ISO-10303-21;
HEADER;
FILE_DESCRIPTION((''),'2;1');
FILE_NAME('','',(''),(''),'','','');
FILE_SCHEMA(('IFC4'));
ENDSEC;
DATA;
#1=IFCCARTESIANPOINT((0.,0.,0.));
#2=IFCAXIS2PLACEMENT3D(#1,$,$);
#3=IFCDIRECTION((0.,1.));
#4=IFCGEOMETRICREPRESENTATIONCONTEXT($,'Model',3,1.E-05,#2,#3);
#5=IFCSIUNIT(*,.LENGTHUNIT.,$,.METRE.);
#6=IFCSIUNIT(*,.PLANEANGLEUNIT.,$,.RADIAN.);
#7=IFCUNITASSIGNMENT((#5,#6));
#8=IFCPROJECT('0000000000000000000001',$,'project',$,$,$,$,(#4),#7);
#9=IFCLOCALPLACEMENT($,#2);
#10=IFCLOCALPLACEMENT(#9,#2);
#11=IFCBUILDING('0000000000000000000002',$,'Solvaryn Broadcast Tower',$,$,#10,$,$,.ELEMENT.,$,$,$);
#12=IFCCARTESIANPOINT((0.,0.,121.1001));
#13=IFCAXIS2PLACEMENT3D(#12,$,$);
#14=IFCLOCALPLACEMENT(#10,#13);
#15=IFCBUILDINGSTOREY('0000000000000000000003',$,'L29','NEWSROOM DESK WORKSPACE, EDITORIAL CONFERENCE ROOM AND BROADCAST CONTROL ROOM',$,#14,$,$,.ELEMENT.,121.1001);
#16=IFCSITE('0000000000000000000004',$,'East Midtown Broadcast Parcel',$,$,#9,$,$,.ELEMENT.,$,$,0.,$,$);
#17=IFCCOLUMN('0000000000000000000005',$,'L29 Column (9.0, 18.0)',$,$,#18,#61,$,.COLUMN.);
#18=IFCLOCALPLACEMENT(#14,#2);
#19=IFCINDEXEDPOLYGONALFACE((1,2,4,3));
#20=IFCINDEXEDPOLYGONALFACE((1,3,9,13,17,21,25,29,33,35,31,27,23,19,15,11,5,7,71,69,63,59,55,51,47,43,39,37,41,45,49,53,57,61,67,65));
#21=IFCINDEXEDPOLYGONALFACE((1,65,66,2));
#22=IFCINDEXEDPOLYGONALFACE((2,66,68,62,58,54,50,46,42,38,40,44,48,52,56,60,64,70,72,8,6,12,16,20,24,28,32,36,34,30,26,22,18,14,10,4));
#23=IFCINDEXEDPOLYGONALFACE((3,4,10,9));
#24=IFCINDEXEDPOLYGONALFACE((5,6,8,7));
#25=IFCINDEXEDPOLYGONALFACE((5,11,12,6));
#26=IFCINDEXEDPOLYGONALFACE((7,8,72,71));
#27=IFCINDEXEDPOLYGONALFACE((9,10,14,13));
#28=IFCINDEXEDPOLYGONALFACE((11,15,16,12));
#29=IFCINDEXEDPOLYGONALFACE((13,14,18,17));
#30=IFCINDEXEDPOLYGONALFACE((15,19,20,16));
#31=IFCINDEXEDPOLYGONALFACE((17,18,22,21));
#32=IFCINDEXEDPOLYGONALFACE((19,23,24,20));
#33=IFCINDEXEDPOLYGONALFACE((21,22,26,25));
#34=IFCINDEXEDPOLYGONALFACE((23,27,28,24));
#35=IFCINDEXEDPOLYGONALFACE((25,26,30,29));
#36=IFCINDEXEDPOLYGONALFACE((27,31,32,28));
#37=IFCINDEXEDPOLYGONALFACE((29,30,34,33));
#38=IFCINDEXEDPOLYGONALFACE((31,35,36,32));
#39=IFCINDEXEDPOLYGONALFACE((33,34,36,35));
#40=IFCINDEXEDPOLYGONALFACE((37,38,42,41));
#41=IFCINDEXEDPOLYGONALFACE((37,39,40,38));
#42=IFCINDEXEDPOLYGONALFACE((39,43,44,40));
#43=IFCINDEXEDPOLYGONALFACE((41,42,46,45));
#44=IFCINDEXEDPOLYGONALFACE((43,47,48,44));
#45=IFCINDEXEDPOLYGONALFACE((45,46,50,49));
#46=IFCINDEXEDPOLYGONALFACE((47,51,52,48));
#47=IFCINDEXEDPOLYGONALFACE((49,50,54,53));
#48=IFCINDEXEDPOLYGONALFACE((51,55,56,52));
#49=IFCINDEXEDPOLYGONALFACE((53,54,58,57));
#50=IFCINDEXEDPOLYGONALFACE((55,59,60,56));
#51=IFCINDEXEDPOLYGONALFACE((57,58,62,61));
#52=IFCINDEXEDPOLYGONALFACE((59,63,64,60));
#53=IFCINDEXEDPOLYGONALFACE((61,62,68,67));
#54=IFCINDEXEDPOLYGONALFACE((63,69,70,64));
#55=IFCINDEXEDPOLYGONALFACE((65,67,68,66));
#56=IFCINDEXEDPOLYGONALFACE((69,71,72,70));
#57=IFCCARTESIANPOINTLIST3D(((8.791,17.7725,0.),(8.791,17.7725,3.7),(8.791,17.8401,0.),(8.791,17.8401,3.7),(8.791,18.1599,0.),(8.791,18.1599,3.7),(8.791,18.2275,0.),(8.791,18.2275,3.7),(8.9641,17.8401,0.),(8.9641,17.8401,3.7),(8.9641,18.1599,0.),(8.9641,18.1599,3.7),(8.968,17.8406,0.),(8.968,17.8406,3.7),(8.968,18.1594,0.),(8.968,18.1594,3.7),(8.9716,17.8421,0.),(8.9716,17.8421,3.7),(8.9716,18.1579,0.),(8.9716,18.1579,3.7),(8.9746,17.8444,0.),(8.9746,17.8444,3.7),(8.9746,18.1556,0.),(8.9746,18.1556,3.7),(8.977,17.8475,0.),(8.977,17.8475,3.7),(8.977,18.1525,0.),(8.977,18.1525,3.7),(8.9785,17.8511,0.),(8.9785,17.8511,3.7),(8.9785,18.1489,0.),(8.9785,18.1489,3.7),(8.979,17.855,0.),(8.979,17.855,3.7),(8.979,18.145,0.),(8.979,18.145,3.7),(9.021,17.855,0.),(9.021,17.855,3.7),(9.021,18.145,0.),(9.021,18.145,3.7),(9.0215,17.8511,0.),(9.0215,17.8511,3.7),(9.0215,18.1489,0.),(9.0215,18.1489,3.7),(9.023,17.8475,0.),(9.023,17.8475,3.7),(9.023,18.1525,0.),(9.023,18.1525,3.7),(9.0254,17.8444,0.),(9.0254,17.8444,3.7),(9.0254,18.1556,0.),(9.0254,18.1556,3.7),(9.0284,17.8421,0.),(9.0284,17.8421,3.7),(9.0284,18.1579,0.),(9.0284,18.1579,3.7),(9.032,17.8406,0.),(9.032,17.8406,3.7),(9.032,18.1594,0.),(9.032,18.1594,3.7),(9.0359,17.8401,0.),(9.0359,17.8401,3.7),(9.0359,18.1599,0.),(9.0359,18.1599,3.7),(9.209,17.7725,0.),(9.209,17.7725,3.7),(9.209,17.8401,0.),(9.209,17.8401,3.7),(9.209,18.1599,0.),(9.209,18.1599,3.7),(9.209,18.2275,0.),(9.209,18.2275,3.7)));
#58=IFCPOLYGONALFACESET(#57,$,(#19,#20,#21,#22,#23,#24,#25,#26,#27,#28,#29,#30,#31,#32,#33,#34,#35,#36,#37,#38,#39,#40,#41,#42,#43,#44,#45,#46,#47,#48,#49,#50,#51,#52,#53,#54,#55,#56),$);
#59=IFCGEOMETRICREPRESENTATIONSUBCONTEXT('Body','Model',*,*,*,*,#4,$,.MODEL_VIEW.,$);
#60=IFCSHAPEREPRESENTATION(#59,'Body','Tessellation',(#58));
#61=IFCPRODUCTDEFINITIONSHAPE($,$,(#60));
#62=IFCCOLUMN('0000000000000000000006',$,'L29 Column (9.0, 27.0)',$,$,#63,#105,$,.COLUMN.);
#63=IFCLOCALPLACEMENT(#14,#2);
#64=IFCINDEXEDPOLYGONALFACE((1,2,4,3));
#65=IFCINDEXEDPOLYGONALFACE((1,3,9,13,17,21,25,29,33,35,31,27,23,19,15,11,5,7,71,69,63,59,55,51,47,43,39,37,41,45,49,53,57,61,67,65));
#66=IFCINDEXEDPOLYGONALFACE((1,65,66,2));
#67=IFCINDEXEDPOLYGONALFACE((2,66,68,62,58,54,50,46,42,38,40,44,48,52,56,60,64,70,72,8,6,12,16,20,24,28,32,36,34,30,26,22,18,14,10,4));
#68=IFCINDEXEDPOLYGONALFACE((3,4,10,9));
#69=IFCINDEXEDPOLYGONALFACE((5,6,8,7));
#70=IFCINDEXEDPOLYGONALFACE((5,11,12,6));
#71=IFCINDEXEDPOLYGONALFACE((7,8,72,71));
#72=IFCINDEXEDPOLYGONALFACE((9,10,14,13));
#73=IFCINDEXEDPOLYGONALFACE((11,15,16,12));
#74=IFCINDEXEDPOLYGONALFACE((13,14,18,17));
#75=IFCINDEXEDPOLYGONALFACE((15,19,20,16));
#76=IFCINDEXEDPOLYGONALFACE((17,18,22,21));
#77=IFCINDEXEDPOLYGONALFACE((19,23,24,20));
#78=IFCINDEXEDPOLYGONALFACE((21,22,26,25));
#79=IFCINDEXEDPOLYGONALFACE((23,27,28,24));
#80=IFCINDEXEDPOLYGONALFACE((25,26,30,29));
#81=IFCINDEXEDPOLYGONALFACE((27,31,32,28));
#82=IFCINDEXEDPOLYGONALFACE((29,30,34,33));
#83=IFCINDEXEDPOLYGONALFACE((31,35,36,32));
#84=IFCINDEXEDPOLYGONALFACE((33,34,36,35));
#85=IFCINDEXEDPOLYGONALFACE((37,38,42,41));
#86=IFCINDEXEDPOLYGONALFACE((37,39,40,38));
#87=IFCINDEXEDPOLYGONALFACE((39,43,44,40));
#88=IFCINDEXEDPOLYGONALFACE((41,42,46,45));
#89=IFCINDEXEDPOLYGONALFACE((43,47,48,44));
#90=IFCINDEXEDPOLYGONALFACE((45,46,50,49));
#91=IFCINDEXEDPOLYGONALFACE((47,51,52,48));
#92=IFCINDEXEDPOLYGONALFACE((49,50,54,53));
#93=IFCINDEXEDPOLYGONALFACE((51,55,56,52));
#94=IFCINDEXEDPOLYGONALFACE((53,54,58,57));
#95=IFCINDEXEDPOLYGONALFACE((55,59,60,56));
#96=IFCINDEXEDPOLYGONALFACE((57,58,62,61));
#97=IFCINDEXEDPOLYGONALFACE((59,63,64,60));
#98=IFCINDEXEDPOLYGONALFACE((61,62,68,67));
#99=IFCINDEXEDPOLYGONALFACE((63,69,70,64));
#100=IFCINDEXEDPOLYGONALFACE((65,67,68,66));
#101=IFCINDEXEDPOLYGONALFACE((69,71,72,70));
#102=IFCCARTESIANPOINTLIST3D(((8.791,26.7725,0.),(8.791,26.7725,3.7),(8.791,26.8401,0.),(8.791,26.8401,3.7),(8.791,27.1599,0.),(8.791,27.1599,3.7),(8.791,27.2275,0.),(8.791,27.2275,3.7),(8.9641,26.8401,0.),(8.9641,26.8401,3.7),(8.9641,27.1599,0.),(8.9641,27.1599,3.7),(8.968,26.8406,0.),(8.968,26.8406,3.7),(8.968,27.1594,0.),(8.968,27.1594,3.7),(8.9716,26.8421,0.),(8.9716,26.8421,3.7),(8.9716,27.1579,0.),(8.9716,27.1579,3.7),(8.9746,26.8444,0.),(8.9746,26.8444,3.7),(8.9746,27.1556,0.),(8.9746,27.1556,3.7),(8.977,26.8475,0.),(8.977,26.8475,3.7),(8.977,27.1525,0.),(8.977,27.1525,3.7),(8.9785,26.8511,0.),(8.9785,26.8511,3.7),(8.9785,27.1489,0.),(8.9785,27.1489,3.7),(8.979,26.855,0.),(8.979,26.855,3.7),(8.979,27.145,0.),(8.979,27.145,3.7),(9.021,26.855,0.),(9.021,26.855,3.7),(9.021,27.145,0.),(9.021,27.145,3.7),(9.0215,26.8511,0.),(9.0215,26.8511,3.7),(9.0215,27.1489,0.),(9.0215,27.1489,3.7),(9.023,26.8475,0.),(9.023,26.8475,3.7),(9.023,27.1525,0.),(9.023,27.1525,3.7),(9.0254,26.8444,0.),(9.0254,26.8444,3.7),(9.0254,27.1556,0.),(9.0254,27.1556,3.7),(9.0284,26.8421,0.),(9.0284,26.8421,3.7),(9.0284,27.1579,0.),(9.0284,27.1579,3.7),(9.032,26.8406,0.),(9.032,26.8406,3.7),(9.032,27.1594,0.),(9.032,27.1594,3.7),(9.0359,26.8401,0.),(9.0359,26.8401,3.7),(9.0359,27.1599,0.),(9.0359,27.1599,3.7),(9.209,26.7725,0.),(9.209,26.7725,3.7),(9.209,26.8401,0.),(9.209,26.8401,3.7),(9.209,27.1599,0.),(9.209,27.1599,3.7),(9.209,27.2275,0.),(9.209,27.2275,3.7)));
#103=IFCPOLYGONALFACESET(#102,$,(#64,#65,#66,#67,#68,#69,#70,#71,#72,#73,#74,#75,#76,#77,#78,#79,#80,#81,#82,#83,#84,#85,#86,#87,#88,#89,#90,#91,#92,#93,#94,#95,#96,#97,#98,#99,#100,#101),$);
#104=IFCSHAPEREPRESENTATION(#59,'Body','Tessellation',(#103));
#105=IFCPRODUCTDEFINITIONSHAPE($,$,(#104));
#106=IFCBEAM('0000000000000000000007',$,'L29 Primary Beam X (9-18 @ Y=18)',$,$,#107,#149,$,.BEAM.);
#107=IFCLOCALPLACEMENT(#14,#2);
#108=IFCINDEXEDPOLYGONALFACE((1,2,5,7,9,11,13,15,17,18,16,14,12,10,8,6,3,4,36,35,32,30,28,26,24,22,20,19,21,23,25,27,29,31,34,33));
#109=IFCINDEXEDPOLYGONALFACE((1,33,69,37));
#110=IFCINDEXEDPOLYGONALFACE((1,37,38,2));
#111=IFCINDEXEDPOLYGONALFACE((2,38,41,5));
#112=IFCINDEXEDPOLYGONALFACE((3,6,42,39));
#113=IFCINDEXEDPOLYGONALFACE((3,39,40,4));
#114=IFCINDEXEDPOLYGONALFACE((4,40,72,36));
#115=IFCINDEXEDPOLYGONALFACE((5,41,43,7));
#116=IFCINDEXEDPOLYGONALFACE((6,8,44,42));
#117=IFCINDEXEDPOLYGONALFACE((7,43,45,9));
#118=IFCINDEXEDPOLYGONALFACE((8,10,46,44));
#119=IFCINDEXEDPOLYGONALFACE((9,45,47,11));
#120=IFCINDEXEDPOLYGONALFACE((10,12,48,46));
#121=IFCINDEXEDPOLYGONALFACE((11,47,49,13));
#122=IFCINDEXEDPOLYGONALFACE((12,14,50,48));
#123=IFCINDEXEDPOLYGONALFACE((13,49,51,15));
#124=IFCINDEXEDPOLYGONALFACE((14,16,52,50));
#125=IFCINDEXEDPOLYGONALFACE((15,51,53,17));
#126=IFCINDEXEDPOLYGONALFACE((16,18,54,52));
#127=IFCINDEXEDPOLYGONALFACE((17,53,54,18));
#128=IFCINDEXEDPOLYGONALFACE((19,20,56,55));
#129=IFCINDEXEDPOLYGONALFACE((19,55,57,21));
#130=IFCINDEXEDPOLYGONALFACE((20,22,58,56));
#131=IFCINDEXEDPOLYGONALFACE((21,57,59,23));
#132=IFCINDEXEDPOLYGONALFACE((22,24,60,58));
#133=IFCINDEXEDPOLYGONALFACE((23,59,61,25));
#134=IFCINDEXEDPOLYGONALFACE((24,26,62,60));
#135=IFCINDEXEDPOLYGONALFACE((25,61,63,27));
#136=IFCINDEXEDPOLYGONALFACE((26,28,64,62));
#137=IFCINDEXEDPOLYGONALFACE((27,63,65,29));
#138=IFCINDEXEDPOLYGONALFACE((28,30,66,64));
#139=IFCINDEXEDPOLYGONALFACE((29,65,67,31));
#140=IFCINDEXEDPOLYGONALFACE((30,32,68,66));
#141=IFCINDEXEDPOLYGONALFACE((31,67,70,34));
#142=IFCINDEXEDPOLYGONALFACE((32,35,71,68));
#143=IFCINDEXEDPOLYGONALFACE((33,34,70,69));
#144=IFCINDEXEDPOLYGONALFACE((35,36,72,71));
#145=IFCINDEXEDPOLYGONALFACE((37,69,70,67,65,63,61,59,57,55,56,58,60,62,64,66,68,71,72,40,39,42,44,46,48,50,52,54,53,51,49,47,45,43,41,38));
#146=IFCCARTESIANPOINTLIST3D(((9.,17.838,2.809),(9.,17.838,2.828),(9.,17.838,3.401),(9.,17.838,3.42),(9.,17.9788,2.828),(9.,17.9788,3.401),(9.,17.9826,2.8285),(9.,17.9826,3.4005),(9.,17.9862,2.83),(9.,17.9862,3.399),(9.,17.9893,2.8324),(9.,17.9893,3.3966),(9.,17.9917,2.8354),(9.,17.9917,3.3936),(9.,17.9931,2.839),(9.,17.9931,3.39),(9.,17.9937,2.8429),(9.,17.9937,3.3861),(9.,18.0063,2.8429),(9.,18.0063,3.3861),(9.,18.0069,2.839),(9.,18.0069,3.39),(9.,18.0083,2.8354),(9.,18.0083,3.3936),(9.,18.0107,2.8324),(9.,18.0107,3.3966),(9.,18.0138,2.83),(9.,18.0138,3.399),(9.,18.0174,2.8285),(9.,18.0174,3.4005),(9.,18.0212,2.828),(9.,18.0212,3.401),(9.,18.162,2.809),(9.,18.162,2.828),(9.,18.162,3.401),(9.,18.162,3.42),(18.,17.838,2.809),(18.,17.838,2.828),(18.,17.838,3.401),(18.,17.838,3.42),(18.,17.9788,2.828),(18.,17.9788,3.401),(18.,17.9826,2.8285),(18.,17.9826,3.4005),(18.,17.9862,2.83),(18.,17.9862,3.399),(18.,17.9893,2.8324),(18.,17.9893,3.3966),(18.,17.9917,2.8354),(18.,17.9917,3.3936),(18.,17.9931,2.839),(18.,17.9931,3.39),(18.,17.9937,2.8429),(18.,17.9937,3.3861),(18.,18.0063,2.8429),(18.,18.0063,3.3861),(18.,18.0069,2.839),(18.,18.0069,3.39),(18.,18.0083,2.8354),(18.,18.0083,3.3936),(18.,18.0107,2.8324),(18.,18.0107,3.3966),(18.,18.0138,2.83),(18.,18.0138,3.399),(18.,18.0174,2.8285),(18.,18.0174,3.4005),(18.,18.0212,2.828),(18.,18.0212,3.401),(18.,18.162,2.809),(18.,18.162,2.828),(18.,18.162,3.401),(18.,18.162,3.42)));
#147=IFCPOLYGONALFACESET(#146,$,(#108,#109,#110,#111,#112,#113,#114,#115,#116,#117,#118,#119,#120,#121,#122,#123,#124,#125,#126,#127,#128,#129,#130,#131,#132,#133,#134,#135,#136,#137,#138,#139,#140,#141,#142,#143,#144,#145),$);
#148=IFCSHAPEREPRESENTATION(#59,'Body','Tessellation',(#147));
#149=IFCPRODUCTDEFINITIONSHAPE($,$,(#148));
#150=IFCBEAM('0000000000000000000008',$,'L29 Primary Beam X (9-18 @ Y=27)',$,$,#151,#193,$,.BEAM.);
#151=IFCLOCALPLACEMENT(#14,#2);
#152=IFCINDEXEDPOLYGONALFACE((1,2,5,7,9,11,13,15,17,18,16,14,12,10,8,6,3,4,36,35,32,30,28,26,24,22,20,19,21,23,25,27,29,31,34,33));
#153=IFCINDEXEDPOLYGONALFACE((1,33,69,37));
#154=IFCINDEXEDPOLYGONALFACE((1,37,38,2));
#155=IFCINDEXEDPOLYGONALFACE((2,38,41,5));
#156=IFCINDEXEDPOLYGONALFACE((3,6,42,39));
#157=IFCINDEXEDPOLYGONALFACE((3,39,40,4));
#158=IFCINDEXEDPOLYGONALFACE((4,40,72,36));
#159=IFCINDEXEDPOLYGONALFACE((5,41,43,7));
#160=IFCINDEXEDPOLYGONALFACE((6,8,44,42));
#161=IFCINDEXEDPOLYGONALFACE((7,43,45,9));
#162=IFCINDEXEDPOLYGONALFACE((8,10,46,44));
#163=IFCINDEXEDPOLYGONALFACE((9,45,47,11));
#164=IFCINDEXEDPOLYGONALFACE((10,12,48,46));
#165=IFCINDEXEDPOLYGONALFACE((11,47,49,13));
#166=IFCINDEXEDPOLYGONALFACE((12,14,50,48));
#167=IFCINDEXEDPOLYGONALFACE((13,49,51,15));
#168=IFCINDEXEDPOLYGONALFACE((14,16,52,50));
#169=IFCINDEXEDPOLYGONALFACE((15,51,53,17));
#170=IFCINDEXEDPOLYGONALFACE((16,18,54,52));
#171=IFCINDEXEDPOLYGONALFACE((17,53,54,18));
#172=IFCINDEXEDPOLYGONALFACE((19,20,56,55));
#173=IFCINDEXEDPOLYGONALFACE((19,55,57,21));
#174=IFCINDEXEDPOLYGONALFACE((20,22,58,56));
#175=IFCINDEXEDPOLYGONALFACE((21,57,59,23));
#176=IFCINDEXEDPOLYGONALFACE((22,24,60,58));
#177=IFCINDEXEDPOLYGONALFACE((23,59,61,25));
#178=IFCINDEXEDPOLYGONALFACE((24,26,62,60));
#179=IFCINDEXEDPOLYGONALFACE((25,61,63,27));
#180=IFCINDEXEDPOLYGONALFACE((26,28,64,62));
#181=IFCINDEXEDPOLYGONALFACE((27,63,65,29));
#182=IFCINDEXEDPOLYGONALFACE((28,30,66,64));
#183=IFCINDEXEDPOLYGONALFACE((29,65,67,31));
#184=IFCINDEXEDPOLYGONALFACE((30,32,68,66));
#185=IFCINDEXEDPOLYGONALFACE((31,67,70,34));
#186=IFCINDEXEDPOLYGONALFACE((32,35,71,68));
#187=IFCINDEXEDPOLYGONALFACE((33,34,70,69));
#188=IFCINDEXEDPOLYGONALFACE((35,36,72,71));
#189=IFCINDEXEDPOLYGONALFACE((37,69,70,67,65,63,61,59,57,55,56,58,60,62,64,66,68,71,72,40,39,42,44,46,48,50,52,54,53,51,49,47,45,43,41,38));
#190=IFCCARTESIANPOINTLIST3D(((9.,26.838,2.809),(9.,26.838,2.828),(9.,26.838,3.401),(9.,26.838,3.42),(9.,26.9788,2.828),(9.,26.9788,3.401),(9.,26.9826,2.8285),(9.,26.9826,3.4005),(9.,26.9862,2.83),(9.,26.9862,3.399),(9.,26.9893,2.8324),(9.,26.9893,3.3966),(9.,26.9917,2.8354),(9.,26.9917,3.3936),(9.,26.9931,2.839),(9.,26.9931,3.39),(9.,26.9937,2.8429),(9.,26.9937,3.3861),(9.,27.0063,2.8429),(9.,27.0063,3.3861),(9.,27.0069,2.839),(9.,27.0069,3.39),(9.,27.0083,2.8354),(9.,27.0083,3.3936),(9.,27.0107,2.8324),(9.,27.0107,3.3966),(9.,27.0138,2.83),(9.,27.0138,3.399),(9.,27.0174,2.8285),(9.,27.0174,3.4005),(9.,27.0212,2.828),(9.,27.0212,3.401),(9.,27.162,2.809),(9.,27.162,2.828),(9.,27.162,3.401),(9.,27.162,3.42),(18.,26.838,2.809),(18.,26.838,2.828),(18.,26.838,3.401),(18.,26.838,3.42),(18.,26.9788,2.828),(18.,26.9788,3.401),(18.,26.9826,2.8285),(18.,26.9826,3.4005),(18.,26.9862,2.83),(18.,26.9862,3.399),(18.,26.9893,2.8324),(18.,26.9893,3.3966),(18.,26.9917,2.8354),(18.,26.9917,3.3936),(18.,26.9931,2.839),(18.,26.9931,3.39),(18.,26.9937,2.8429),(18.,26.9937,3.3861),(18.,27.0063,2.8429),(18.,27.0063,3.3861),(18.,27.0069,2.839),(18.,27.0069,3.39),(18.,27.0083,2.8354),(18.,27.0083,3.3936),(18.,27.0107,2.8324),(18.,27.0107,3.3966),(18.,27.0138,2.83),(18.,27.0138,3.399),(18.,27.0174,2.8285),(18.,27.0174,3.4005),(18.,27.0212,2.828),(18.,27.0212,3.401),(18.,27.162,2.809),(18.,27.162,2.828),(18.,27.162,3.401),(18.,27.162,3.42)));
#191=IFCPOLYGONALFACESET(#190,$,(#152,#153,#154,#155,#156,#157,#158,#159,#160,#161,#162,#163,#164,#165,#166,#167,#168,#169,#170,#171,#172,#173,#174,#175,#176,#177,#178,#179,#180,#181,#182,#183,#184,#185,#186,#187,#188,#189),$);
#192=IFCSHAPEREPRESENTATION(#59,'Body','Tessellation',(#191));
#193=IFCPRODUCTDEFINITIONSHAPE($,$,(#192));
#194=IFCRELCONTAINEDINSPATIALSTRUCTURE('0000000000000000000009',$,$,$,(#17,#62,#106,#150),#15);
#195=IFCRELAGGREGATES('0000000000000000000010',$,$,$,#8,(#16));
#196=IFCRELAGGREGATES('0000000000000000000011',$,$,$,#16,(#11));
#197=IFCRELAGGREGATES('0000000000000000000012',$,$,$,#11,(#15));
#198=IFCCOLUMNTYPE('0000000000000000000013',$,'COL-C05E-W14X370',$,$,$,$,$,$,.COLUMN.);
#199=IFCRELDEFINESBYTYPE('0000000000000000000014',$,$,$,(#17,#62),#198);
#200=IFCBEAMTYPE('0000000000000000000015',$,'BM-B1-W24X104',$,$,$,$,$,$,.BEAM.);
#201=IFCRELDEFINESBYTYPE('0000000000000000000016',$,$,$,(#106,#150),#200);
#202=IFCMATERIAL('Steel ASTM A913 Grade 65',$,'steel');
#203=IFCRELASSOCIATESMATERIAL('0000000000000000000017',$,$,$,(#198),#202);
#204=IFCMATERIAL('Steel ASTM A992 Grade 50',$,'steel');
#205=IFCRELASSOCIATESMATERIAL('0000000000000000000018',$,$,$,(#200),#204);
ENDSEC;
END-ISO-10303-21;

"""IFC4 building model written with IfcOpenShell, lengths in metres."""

from ifc_helpers import new_model, si_unit, direction, frame, origin, origin_2d, place, context, subcontext, project, spatial, i_section, extrude, material, material_profile, profile_set, type_object, element, save


model = new_model("IFC4")

# Units and contexts
model_context = context("Model", 3, precision=1e-05, world=origin(), true_north=direction((0.0, 1.0)))
body_context = subcontext(model_context, "Body", "Model", "MODEL_VIEW")
ifc_project = project(units=[si_unit("LENGTHUNIT", "METRE"), si_unit("PLANEANGLEUNIT", "RADIAN")], contexts=[model_context])

# Site, building, storey
site_placement = place(None, origin())
site = spatial("IfcSite", under=ifc_project, at=site_placement, Name="East Midtown Broadcast Parcel", CompositionType="ELEMENT", RefElevation=0.0)
building_placement = place(site_placement, origin())
building = spatial("IfcBuilding", under=site, at=building_placement, Name="Solvaryn Broadcast Tower", CompositionType="ELEMENT")
storey_placement = place(building_placement, frame((0.0, 0.0, 121.1001)))
storey = spatial("IfcBuildingStorey", under=building, at=storey_placement, Name="L29", Description="NEWSROOM DESK WORKSPACE, EDITORIAL CONFERENCE ROOM AND BROADCAST CONTROL ROOM", CompositionType="ELEMENT", Elevation=121.1001)

# Columns
ifc_material_1 = material(Name="Steel ASTM A913 Grade 65", Category="steel")
ifc_material_profile_1 = material_profile(ifc_material_1, i_section(OverallWidth=0.418, OverallDepth=0.4551, WebThickness=0.042, FlangeThickness=0.0676, FilletRadius=0.0149, at=origin_2d()))
ifc_profile_set_1 = profile_set([ifc_material_profile_1], Name="Steel ASTM A913 Grade 65")
column_type = type_object("IfcColumnType", Name="COL-C05E-W14X370", PredefinedType="COLUMN", material=ifc_profile_set_1)
for number, where, z_axis, x_axis, name in (
    (1, (9.0, 18.0, 0.0), (0.0, 0.0, 1.0), (1.0, 0.0, 0.0), "L29 Column (9.0, 18.0)"),
    (2, (9.0, 27.0, 0.0), (0.0, 0.0, 1.0), (1.0, 0.0, 0.0), "L29 Column (9.0, 27.0)"),
):
    element("IfcColumn", number, at=place(storey_placement, frame(where, z_axis=z_axis, x_axis=x_axis)), inside=storey, type_object=column_type, Name=name, PredefinedType="COLUMN", context=body_context, shape_type="SweptSolid", body=[
        extrude(i_section(OverallWidth=0.418, OverallDepth=0.4551, WebThickness=0.042, FlangeThickness=0.0676, FilletRadius=0.0149, at=origin_2d()), origin(), (0.0, 0.0, 1.0), 3.7),
    ])

# Beams
ifc_material_2 = material(Name="Steel ASTM A992 Grade 50", Category="steel")
ifc_material_profile_2 = material_profile(ifc_material_2, i_section(OverallWidth=0.324, OverallDepth=0.6111, WebThickness=0.0127, FlangeThickness=0.019, FilletRadius=0.0149, at=origin_2d()))
ifc_profile_set_2 = profile_set([ifc_material_profile_2], Name="Steel ASTM A992 Grade 50")
beam_type_1 = type_object("IfcBeamType", Name="BM-B1-W24X104", PredefinedType="BEAM", material=ifc_profile_set_2)
for number, where, z_axis, x_axis, name in (
    (3, (9.0, 18.0, 3.1145), (1.0, 0.0, 0.0), (0.0, 1.0, 0.0), "L29 Primary Beam X (9-18 @ Y=18)"),
    (4, (9.0, 27.0, 3.1145), (1.0, 0.0, 0.0), (0.0, 1.0, 0.0), "L29 Primary Beam X (9-18 @ Y=27)"),
):
    element("IfcBeam", number, at=place(storey_placement, frame(where, z_axis=z_axis, x_axis=x_axis)), inside=storey, type_object=beam_type_1, Name=name, PredefinedType="BEAM", context=body_context, shape_type="SweptSolid", body=[
        extrude(i_section(OverallWidth=0.324, OverallDepth=0.6111, WebThickness=0.0127, FlangeThickness=0.019, FilletRadius=0.0149, at=origin_2d()), origin(), (0.0, 0.0, 1.0), 9.0),
    ])

save(model, "model.ifc")
